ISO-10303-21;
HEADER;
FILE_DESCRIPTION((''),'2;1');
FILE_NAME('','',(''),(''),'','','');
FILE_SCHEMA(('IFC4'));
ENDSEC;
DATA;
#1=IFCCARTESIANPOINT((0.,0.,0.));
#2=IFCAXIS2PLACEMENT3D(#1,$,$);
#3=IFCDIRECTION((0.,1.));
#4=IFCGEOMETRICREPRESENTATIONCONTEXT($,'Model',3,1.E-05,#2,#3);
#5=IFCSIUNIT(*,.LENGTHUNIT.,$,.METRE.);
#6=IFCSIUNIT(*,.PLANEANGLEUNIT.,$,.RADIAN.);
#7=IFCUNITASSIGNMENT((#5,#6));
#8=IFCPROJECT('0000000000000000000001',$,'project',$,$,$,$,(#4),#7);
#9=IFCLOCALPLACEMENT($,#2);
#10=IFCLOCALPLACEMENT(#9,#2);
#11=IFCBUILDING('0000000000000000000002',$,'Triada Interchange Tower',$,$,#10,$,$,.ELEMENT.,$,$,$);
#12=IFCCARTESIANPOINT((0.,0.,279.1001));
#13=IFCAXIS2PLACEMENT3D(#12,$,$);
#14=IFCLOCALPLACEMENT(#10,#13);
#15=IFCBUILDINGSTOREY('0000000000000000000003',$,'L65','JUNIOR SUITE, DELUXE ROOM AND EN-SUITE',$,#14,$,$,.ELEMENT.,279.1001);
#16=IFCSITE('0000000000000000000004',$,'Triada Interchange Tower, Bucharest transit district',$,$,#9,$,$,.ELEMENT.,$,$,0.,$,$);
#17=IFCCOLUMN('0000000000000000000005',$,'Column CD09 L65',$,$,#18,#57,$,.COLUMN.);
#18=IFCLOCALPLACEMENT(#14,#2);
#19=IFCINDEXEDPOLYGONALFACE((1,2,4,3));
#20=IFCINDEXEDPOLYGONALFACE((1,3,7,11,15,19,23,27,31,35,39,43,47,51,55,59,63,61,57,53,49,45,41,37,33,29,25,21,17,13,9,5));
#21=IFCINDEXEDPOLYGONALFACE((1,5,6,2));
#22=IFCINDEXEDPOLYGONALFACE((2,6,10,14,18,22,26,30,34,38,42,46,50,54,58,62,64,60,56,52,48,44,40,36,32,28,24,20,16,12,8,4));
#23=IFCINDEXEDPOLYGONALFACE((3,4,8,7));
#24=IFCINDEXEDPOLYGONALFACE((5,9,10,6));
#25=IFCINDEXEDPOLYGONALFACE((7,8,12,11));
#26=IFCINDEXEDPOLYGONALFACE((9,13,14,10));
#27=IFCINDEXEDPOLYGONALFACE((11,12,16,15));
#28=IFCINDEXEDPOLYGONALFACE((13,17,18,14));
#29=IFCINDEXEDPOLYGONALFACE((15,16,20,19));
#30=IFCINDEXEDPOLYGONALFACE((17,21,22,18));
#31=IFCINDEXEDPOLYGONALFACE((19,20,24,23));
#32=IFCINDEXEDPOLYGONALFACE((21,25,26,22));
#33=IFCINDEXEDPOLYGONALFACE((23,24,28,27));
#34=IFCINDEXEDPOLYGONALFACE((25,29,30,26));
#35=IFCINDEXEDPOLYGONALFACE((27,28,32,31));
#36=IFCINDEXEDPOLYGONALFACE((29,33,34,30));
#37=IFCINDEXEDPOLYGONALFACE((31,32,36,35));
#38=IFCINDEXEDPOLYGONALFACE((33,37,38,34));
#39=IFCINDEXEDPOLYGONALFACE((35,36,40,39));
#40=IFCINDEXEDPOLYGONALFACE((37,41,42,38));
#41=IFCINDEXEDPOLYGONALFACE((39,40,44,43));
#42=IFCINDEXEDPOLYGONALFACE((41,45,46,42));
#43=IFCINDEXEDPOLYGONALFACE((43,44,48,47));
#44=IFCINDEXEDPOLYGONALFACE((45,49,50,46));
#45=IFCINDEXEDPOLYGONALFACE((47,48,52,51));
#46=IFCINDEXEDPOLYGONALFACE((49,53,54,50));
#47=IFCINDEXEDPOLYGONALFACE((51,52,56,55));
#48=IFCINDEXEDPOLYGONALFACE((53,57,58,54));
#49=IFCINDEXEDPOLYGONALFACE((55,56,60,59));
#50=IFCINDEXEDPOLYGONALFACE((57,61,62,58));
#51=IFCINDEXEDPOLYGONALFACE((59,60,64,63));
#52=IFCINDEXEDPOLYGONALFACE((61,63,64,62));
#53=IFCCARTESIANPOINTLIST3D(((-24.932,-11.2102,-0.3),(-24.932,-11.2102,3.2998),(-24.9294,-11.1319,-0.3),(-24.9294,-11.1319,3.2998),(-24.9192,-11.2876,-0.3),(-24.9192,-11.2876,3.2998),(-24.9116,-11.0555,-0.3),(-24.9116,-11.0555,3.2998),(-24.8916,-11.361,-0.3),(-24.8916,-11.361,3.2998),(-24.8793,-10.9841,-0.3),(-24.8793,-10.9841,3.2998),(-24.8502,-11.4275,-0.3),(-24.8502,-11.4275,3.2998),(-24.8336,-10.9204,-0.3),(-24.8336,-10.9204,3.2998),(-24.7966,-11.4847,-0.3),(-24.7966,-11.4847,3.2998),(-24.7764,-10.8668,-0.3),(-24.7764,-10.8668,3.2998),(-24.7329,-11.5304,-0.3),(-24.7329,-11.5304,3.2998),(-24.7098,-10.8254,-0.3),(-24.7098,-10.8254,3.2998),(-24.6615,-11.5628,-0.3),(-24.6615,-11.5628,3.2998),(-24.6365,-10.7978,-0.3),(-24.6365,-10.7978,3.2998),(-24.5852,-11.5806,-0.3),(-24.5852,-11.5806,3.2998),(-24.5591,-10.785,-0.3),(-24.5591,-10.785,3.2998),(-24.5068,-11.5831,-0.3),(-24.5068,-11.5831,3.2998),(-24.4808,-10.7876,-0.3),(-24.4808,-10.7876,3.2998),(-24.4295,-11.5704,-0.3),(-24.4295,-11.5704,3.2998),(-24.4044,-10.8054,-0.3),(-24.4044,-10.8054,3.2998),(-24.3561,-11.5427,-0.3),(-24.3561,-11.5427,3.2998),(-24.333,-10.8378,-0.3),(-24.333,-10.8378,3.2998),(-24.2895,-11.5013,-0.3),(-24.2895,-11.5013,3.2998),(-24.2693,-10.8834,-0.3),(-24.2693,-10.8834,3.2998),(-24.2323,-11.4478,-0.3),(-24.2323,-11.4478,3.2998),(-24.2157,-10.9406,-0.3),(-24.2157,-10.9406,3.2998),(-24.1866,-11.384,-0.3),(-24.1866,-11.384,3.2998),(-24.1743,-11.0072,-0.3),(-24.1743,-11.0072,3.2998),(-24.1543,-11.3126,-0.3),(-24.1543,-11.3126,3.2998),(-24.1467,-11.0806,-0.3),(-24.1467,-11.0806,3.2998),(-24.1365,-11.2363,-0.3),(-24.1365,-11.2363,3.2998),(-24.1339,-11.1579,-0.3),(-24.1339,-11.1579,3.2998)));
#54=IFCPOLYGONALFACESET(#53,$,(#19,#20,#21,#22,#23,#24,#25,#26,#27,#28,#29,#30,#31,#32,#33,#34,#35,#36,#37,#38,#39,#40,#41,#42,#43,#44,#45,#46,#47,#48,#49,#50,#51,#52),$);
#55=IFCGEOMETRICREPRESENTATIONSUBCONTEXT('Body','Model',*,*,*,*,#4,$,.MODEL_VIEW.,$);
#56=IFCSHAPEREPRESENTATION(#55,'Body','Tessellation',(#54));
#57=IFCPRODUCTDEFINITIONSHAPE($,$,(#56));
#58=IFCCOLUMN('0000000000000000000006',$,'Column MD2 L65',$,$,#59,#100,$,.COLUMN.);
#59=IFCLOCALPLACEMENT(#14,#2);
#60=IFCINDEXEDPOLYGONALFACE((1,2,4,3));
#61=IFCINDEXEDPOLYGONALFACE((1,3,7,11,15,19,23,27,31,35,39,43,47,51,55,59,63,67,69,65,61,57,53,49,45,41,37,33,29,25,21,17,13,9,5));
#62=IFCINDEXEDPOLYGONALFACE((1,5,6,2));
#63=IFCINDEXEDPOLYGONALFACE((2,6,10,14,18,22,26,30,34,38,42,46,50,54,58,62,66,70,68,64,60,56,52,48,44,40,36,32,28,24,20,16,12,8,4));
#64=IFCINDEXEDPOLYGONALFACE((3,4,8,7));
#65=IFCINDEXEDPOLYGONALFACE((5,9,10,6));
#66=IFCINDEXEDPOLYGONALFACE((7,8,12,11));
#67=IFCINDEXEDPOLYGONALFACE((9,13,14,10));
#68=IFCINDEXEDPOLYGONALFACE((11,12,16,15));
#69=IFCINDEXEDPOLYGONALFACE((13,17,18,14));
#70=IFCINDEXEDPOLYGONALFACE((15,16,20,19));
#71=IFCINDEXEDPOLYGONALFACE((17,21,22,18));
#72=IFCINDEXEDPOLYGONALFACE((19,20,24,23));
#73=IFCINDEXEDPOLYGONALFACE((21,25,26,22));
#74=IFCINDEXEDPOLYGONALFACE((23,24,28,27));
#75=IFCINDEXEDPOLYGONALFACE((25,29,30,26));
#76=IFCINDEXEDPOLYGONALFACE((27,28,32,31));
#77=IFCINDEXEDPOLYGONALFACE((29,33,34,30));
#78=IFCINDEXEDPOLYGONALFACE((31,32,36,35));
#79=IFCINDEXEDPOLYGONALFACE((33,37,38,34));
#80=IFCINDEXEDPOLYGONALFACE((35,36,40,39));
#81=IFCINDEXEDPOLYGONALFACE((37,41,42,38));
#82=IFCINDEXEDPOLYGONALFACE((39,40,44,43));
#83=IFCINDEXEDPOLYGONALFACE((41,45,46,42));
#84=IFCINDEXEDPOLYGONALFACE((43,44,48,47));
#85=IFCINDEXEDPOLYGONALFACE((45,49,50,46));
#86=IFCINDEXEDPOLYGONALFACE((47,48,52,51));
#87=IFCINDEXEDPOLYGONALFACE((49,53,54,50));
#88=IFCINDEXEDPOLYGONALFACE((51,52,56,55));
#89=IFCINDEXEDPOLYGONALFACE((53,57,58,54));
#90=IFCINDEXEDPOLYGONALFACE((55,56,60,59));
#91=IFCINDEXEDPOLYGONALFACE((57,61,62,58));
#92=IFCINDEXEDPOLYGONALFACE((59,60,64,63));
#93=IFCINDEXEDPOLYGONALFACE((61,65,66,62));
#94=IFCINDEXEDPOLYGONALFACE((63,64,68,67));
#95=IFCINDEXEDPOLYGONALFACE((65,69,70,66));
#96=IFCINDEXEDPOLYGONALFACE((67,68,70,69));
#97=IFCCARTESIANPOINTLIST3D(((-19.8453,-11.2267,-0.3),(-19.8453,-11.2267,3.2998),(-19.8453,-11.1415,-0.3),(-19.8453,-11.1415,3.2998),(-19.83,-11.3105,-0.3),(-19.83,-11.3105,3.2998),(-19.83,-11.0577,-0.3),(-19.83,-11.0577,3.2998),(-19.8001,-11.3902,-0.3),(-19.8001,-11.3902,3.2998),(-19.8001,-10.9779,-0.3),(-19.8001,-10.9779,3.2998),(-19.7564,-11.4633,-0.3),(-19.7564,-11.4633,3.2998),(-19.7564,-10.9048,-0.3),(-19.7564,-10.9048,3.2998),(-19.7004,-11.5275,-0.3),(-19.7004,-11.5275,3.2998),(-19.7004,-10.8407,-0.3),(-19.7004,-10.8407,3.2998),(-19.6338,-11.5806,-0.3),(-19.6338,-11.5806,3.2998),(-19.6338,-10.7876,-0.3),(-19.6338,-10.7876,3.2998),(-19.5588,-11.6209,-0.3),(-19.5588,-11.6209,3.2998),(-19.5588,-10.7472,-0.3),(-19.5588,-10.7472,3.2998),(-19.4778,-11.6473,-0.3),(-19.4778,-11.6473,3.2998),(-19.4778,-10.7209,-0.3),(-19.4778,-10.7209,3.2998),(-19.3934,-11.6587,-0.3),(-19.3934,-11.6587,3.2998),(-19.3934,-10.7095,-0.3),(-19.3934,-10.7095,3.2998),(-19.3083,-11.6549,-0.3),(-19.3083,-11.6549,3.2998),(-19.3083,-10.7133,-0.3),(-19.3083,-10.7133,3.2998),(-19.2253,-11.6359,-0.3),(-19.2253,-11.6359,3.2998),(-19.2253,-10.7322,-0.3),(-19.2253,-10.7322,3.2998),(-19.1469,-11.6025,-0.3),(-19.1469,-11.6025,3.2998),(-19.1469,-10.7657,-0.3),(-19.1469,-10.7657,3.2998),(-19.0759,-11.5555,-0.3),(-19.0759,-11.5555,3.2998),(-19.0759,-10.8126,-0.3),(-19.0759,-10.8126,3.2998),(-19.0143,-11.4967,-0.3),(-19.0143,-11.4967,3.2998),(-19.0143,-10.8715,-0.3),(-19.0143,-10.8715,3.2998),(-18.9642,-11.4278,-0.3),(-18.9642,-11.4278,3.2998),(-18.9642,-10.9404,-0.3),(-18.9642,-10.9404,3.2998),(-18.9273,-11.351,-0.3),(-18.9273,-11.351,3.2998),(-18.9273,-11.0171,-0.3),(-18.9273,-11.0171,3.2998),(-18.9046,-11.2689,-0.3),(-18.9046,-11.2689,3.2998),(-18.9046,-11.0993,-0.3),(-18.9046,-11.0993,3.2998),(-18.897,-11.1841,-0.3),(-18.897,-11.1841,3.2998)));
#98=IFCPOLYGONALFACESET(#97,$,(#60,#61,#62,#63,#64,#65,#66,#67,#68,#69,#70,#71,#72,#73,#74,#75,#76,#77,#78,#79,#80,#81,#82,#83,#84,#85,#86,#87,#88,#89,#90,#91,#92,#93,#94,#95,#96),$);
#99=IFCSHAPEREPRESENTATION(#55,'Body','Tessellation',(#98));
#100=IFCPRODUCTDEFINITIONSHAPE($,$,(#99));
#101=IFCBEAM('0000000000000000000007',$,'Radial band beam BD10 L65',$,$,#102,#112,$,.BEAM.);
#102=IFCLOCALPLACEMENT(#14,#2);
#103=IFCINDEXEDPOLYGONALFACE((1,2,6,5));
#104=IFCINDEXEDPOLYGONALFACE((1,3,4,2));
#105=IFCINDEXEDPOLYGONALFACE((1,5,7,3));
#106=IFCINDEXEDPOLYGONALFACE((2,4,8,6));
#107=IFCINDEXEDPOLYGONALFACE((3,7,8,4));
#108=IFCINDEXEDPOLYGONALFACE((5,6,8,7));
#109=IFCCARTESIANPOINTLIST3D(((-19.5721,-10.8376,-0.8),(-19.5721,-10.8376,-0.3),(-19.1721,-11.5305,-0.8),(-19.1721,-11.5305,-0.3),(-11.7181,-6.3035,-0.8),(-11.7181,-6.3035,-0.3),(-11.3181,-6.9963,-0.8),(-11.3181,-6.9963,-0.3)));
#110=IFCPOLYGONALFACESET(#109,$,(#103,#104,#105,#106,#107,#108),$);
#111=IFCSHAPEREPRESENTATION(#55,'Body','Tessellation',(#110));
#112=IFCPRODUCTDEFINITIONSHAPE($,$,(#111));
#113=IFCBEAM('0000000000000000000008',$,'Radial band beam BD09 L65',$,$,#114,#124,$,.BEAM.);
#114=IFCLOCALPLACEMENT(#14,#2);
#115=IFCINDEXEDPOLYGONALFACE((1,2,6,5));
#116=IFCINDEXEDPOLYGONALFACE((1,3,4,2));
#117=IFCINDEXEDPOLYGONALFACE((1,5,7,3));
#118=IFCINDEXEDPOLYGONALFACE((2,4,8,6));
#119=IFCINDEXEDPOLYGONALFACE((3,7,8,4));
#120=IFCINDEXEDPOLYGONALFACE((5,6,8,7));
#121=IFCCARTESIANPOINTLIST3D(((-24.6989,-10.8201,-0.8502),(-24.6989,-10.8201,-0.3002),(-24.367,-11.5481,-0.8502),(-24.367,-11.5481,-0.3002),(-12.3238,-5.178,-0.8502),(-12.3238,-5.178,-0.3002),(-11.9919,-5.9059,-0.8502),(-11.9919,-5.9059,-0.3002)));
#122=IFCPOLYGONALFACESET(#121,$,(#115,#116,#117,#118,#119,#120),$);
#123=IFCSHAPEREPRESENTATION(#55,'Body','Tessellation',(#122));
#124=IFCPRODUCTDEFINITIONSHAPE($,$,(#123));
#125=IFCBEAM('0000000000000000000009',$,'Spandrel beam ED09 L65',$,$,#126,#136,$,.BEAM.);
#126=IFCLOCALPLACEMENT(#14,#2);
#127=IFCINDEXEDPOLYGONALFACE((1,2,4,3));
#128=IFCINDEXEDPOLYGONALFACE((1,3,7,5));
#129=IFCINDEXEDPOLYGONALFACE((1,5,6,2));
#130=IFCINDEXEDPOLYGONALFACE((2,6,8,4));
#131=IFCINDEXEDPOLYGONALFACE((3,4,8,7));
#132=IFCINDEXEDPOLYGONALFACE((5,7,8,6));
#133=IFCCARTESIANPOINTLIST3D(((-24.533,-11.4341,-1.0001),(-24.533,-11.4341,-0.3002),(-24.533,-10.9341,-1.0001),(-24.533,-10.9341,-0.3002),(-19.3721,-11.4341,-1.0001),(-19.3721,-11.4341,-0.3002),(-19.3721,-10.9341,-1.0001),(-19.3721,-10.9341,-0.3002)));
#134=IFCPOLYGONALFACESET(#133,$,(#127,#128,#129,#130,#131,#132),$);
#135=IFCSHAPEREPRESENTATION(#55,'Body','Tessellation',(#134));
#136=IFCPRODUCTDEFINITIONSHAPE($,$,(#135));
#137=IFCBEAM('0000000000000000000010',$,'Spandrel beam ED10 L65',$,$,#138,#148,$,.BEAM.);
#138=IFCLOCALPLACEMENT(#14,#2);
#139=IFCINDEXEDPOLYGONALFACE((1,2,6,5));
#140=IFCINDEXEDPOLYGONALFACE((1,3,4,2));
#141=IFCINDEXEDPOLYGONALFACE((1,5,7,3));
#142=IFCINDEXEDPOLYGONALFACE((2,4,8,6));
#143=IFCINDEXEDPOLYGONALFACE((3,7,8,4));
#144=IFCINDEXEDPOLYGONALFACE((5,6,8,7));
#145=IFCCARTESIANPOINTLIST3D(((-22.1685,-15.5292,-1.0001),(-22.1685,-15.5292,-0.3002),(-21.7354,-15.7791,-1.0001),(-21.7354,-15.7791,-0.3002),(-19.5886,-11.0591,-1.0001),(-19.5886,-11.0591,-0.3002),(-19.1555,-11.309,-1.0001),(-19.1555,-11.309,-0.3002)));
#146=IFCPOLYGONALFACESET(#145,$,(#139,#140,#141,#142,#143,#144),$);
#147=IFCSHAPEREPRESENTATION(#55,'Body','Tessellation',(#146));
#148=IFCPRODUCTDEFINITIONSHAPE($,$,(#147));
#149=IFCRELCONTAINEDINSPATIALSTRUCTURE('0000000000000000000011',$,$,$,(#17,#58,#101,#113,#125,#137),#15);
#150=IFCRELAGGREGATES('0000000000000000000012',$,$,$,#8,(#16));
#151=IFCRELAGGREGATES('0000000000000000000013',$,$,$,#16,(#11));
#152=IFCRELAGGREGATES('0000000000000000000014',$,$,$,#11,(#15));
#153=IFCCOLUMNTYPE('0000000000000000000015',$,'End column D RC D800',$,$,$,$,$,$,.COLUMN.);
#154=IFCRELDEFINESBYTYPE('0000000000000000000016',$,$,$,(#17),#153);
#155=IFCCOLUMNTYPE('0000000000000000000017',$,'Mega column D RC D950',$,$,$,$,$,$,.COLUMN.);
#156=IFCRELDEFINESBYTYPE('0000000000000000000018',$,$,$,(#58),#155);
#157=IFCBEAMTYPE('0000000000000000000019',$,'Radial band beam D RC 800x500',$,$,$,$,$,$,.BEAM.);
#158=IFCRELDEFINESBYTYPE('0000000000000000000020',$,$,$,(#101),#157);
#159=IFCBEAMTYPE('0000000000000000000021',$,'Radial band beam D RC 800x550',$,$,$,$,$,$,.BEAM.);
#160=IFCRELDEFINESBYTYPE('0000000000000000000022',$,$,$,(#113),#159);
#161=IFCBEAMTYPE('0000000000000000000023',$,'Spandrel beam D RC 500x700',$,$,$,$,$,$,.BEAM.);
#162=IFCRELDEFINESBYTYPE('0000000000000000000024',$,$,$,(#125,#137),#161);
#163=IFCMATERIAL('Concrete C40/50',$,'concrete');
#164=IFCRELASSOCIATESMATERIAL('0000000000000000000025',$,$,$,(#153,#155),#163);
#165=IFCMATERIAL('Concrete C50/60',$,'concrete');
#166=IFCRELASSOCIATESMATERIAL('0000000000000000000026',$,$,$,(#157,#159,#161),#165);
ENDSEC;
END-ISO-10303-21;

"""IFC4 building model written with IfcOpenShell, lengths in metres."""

from ifc_helpers import new_model, si_unit, direction, frame, origin, origin_2d, place, context, subcontext, project, spatial, rectangle, circle, extrude, material, material_profile, profile_set, type_object, element, save


model = new_model("IFC4")

# Units and contexts
model_context = context("Model", 3, precision=1e-05, world=origin(), true_north=direction((0.0, 1.0)))
body_context = subcontext(model_context, "Body", "Model", "MODEL_VIEW")
ifc_project = project(units=[si_unit("LENGTHUNIT", "METRE"), si_unit("PLANEANGLEUNIT", "RADIAN")], contexts=[model_context])

# Site, building, storey
site_placement = place(None, origin())
site = spatial("IfcSite", under=ifc_project, at=site_placement, Name="Triada Interchange Tower, Bucharest transit district", CompositionType="ELEMENT", RefElevation=0.0)
building_placement = place(site_placement, origin())
building = spatial("IfcBuilding", under=site, at=building_placement, Name="Triada Interchange Tower", CompositionType="ELEMENT")
storey_placement = place(building_placement, frame((0.0, 0.0, 279.1001)))
storey = spatial("IfcBuildingStorey", under=building, at=storey_placement, Name="L65", Description="JUNIOR SUITE, DELUXE ROOM AND EN-SUITE", CompositionType="ELEMENT", Elevation=279.1001)

# Columns
ifc_material_1 = material(Name="Concrete C40/50", Category="concrete")
ifc_material_profile_1 = material_profile(ifc_material_1, circle(Radius=0.3999, at=origin_2d()), Name="RC D800")
ifc_profile_set_1 = profile_set([ifc_material_profile_1], Name="Concrete C40/50")
column_type_1 = type_object("IfcColumnType", Name="End column D RC D800", PredefinedType="COLUMN", material=ifc_profile_set_1)
column_1_placement = place(storey_placement, frame((-24.533, -11.1841, -0.3), z_axis=(0.0, 0.0, 1.0), x_axis=(0.5, 0.866025, 0.0)))
element("IfcColumn", 1, at=column_1_placement, inside=storey, type_object=column_type_1, Name="Column CD09 L65", PredefinedType="COLUMN", context=body_context, shape_type="SweptSolid", body=[
    extrude(circle(Radius=0.3999, at=origin_2d()), origin(), (0.0, 0.0, 1.0), 3.5999),
])
ifc_material_profile_2 = material_profile(ifc_material_1, circle(Radius=0.4751, at=origin_2d()), Name="RC D950")
ifc_profile_set_2 = profile_set([ifc_material_profile_2], Name="Concrete C40/50")
column_type_2 = type_object("IfcColumnType", Name="Mega column D RC D950", PredefinedType="COLUMN", material=ifc_profile_set_2)
column_2_placement = place(storey_placement, frame((-19.3721, -11.1841, -0.3), z_axis=(0.0, 0.0, 1.0), x_axis=(1.0, 0.0, 0.0)))
element("IfcColumn", 2, at=column_2_placement, inside=storey, type_object=column_type_2, Name="Column MD2 L65", PredefinedType="COLUMN", context=body_context, shape_type="SweptSolid", body=[
    extrude(circle(Radius=0.4751, at=origin_2d()), origin(), (0.0, 0.0, 1.0), 3.5999),
])

# Beams
ifc_material_2 = material(Name="Concrete C50/60", Category="concrete")
ifc_material_profile_3 = material_profile(ifc_material_2, rectangle(XDim=0.8, YDim=0.5, at=origin_2d()), Name="RC 800x500")
ifc_profile_set_3 = profile_set([ifc_material_profile_3], Name="Concrete C50/60")
beam_type_1 = type_object("IfcBeamType", Name="Radial band beam D RC 800x500", PredefinedType="BEAM", material=ifc_profile_set_3)
beam_1_placement = place(storey_placement, frame((-19.3721, -11.1841, -0.55), z_axis=(0.866041, 0.499973, 0.0), x_axis=(-0.499973, 0.866041, 0.0)))
element("IfcBeam", 3, at=beam_1_placement, inside=storey, type_object=beam_type_1, Name="Radial band beam BD10 L65", PredefinedType="BEAM", context=body_context, shape_type="SweptSolid", body=[
    extrude(rectangle(XDim=0.8, YDim=0.5, at=origin_2d()), origin(), (0.0, 0.0, 1.0), 9.0688),
])
ifc_material_profile_4 = material_profile(ifc_material_2, rectangle(XDim=0.8, YDim=0.55, at=origin_2d()), Name="RC 800x550")
ifc_profile_set_4 = profile_set([ifc_material_profile_4], Name="Concrete C50/60")
beam_type_2 = type_object("IfcBeamType", Name="Radial band beam D RC 800x550", PredefinedType="BEAM", material=ifc_profile_set_4)
beam_2_placement = place(storey_placement, frame((-24.533, -11.1841, -0.5752), z_axis=(0.909893, 0.414844, 0.0), x_axis=(-0.414844, 0.909893, 0.0)))
element("IfcBeam", 4, at=beam_2_placement, inside=storey, type_object=beam_type_2, Name="Radial band beam BD09 L65", PredefinedType="BEAM", context=body_context, shape_type="SweptSolid", body=[
    extrude(rectangle(XDim=0.8, YDim=0.55, at=origin_2d()), origin(), (0.0, 0.0, 1.0), 13.6006),
])
ifc_material_profile_5 = material_profile(ifc_material_2, rectangle(XDim=0.5, YDim=0.7, at=origin_2d()), Name="RC 500x700")
ifc_profile_set_5 = profile_set([ifc_material_profile_5], Name="Concrete C50/60")
beam_type_3 = type_object("IfcBeamType", Name="Spandrel beam D RC 500x700", PredefinedType="BEAM", material=ifc_profile_set_5)
beam_3_placement = place(storey_placement, frame((-24.533, -11.1841, -0.6501), z_axis=(1.0, 0.0, 0.0), x_axis=(0.0, 1.0, 0.0)))
element("IfcBeam", 5, at=beam_3_placement, inside=storey, type_object=beam_type_3, Name="Spandrel beam ED09 L65", PredefinedType="BEAM", context=body_context, shape_type="SweptSolid", body=[
    extrude(rectangle(XDim=0.5, YDim=0.7, at=origin_2d()), origin(), (0.0, 0.0, 1.0), 5.1609),
])
beam_4_placement = place(storey_placement, frame((-19.3721, -11.1841, -0.6501), z_axis=(-0.499869, -0.866101, 0.0), x_axis=(0.866101, -0.499869, 0.0)))
element("IfcBeam", 6, at=beam_4_placement, inside=storey, type_object=beam_type_3, Name="Spandrel beam ED10 L65", PredefinedType="BEAM", context=body_context, shape_type="SweptSolid", body=[
    extrude(rectangle(XDim=0.5, YDim=0.7, at=origin_2d()), origin(), (0.0, 0.0, 1.0), 5.1611),
])

save(model, "model.ifc")
